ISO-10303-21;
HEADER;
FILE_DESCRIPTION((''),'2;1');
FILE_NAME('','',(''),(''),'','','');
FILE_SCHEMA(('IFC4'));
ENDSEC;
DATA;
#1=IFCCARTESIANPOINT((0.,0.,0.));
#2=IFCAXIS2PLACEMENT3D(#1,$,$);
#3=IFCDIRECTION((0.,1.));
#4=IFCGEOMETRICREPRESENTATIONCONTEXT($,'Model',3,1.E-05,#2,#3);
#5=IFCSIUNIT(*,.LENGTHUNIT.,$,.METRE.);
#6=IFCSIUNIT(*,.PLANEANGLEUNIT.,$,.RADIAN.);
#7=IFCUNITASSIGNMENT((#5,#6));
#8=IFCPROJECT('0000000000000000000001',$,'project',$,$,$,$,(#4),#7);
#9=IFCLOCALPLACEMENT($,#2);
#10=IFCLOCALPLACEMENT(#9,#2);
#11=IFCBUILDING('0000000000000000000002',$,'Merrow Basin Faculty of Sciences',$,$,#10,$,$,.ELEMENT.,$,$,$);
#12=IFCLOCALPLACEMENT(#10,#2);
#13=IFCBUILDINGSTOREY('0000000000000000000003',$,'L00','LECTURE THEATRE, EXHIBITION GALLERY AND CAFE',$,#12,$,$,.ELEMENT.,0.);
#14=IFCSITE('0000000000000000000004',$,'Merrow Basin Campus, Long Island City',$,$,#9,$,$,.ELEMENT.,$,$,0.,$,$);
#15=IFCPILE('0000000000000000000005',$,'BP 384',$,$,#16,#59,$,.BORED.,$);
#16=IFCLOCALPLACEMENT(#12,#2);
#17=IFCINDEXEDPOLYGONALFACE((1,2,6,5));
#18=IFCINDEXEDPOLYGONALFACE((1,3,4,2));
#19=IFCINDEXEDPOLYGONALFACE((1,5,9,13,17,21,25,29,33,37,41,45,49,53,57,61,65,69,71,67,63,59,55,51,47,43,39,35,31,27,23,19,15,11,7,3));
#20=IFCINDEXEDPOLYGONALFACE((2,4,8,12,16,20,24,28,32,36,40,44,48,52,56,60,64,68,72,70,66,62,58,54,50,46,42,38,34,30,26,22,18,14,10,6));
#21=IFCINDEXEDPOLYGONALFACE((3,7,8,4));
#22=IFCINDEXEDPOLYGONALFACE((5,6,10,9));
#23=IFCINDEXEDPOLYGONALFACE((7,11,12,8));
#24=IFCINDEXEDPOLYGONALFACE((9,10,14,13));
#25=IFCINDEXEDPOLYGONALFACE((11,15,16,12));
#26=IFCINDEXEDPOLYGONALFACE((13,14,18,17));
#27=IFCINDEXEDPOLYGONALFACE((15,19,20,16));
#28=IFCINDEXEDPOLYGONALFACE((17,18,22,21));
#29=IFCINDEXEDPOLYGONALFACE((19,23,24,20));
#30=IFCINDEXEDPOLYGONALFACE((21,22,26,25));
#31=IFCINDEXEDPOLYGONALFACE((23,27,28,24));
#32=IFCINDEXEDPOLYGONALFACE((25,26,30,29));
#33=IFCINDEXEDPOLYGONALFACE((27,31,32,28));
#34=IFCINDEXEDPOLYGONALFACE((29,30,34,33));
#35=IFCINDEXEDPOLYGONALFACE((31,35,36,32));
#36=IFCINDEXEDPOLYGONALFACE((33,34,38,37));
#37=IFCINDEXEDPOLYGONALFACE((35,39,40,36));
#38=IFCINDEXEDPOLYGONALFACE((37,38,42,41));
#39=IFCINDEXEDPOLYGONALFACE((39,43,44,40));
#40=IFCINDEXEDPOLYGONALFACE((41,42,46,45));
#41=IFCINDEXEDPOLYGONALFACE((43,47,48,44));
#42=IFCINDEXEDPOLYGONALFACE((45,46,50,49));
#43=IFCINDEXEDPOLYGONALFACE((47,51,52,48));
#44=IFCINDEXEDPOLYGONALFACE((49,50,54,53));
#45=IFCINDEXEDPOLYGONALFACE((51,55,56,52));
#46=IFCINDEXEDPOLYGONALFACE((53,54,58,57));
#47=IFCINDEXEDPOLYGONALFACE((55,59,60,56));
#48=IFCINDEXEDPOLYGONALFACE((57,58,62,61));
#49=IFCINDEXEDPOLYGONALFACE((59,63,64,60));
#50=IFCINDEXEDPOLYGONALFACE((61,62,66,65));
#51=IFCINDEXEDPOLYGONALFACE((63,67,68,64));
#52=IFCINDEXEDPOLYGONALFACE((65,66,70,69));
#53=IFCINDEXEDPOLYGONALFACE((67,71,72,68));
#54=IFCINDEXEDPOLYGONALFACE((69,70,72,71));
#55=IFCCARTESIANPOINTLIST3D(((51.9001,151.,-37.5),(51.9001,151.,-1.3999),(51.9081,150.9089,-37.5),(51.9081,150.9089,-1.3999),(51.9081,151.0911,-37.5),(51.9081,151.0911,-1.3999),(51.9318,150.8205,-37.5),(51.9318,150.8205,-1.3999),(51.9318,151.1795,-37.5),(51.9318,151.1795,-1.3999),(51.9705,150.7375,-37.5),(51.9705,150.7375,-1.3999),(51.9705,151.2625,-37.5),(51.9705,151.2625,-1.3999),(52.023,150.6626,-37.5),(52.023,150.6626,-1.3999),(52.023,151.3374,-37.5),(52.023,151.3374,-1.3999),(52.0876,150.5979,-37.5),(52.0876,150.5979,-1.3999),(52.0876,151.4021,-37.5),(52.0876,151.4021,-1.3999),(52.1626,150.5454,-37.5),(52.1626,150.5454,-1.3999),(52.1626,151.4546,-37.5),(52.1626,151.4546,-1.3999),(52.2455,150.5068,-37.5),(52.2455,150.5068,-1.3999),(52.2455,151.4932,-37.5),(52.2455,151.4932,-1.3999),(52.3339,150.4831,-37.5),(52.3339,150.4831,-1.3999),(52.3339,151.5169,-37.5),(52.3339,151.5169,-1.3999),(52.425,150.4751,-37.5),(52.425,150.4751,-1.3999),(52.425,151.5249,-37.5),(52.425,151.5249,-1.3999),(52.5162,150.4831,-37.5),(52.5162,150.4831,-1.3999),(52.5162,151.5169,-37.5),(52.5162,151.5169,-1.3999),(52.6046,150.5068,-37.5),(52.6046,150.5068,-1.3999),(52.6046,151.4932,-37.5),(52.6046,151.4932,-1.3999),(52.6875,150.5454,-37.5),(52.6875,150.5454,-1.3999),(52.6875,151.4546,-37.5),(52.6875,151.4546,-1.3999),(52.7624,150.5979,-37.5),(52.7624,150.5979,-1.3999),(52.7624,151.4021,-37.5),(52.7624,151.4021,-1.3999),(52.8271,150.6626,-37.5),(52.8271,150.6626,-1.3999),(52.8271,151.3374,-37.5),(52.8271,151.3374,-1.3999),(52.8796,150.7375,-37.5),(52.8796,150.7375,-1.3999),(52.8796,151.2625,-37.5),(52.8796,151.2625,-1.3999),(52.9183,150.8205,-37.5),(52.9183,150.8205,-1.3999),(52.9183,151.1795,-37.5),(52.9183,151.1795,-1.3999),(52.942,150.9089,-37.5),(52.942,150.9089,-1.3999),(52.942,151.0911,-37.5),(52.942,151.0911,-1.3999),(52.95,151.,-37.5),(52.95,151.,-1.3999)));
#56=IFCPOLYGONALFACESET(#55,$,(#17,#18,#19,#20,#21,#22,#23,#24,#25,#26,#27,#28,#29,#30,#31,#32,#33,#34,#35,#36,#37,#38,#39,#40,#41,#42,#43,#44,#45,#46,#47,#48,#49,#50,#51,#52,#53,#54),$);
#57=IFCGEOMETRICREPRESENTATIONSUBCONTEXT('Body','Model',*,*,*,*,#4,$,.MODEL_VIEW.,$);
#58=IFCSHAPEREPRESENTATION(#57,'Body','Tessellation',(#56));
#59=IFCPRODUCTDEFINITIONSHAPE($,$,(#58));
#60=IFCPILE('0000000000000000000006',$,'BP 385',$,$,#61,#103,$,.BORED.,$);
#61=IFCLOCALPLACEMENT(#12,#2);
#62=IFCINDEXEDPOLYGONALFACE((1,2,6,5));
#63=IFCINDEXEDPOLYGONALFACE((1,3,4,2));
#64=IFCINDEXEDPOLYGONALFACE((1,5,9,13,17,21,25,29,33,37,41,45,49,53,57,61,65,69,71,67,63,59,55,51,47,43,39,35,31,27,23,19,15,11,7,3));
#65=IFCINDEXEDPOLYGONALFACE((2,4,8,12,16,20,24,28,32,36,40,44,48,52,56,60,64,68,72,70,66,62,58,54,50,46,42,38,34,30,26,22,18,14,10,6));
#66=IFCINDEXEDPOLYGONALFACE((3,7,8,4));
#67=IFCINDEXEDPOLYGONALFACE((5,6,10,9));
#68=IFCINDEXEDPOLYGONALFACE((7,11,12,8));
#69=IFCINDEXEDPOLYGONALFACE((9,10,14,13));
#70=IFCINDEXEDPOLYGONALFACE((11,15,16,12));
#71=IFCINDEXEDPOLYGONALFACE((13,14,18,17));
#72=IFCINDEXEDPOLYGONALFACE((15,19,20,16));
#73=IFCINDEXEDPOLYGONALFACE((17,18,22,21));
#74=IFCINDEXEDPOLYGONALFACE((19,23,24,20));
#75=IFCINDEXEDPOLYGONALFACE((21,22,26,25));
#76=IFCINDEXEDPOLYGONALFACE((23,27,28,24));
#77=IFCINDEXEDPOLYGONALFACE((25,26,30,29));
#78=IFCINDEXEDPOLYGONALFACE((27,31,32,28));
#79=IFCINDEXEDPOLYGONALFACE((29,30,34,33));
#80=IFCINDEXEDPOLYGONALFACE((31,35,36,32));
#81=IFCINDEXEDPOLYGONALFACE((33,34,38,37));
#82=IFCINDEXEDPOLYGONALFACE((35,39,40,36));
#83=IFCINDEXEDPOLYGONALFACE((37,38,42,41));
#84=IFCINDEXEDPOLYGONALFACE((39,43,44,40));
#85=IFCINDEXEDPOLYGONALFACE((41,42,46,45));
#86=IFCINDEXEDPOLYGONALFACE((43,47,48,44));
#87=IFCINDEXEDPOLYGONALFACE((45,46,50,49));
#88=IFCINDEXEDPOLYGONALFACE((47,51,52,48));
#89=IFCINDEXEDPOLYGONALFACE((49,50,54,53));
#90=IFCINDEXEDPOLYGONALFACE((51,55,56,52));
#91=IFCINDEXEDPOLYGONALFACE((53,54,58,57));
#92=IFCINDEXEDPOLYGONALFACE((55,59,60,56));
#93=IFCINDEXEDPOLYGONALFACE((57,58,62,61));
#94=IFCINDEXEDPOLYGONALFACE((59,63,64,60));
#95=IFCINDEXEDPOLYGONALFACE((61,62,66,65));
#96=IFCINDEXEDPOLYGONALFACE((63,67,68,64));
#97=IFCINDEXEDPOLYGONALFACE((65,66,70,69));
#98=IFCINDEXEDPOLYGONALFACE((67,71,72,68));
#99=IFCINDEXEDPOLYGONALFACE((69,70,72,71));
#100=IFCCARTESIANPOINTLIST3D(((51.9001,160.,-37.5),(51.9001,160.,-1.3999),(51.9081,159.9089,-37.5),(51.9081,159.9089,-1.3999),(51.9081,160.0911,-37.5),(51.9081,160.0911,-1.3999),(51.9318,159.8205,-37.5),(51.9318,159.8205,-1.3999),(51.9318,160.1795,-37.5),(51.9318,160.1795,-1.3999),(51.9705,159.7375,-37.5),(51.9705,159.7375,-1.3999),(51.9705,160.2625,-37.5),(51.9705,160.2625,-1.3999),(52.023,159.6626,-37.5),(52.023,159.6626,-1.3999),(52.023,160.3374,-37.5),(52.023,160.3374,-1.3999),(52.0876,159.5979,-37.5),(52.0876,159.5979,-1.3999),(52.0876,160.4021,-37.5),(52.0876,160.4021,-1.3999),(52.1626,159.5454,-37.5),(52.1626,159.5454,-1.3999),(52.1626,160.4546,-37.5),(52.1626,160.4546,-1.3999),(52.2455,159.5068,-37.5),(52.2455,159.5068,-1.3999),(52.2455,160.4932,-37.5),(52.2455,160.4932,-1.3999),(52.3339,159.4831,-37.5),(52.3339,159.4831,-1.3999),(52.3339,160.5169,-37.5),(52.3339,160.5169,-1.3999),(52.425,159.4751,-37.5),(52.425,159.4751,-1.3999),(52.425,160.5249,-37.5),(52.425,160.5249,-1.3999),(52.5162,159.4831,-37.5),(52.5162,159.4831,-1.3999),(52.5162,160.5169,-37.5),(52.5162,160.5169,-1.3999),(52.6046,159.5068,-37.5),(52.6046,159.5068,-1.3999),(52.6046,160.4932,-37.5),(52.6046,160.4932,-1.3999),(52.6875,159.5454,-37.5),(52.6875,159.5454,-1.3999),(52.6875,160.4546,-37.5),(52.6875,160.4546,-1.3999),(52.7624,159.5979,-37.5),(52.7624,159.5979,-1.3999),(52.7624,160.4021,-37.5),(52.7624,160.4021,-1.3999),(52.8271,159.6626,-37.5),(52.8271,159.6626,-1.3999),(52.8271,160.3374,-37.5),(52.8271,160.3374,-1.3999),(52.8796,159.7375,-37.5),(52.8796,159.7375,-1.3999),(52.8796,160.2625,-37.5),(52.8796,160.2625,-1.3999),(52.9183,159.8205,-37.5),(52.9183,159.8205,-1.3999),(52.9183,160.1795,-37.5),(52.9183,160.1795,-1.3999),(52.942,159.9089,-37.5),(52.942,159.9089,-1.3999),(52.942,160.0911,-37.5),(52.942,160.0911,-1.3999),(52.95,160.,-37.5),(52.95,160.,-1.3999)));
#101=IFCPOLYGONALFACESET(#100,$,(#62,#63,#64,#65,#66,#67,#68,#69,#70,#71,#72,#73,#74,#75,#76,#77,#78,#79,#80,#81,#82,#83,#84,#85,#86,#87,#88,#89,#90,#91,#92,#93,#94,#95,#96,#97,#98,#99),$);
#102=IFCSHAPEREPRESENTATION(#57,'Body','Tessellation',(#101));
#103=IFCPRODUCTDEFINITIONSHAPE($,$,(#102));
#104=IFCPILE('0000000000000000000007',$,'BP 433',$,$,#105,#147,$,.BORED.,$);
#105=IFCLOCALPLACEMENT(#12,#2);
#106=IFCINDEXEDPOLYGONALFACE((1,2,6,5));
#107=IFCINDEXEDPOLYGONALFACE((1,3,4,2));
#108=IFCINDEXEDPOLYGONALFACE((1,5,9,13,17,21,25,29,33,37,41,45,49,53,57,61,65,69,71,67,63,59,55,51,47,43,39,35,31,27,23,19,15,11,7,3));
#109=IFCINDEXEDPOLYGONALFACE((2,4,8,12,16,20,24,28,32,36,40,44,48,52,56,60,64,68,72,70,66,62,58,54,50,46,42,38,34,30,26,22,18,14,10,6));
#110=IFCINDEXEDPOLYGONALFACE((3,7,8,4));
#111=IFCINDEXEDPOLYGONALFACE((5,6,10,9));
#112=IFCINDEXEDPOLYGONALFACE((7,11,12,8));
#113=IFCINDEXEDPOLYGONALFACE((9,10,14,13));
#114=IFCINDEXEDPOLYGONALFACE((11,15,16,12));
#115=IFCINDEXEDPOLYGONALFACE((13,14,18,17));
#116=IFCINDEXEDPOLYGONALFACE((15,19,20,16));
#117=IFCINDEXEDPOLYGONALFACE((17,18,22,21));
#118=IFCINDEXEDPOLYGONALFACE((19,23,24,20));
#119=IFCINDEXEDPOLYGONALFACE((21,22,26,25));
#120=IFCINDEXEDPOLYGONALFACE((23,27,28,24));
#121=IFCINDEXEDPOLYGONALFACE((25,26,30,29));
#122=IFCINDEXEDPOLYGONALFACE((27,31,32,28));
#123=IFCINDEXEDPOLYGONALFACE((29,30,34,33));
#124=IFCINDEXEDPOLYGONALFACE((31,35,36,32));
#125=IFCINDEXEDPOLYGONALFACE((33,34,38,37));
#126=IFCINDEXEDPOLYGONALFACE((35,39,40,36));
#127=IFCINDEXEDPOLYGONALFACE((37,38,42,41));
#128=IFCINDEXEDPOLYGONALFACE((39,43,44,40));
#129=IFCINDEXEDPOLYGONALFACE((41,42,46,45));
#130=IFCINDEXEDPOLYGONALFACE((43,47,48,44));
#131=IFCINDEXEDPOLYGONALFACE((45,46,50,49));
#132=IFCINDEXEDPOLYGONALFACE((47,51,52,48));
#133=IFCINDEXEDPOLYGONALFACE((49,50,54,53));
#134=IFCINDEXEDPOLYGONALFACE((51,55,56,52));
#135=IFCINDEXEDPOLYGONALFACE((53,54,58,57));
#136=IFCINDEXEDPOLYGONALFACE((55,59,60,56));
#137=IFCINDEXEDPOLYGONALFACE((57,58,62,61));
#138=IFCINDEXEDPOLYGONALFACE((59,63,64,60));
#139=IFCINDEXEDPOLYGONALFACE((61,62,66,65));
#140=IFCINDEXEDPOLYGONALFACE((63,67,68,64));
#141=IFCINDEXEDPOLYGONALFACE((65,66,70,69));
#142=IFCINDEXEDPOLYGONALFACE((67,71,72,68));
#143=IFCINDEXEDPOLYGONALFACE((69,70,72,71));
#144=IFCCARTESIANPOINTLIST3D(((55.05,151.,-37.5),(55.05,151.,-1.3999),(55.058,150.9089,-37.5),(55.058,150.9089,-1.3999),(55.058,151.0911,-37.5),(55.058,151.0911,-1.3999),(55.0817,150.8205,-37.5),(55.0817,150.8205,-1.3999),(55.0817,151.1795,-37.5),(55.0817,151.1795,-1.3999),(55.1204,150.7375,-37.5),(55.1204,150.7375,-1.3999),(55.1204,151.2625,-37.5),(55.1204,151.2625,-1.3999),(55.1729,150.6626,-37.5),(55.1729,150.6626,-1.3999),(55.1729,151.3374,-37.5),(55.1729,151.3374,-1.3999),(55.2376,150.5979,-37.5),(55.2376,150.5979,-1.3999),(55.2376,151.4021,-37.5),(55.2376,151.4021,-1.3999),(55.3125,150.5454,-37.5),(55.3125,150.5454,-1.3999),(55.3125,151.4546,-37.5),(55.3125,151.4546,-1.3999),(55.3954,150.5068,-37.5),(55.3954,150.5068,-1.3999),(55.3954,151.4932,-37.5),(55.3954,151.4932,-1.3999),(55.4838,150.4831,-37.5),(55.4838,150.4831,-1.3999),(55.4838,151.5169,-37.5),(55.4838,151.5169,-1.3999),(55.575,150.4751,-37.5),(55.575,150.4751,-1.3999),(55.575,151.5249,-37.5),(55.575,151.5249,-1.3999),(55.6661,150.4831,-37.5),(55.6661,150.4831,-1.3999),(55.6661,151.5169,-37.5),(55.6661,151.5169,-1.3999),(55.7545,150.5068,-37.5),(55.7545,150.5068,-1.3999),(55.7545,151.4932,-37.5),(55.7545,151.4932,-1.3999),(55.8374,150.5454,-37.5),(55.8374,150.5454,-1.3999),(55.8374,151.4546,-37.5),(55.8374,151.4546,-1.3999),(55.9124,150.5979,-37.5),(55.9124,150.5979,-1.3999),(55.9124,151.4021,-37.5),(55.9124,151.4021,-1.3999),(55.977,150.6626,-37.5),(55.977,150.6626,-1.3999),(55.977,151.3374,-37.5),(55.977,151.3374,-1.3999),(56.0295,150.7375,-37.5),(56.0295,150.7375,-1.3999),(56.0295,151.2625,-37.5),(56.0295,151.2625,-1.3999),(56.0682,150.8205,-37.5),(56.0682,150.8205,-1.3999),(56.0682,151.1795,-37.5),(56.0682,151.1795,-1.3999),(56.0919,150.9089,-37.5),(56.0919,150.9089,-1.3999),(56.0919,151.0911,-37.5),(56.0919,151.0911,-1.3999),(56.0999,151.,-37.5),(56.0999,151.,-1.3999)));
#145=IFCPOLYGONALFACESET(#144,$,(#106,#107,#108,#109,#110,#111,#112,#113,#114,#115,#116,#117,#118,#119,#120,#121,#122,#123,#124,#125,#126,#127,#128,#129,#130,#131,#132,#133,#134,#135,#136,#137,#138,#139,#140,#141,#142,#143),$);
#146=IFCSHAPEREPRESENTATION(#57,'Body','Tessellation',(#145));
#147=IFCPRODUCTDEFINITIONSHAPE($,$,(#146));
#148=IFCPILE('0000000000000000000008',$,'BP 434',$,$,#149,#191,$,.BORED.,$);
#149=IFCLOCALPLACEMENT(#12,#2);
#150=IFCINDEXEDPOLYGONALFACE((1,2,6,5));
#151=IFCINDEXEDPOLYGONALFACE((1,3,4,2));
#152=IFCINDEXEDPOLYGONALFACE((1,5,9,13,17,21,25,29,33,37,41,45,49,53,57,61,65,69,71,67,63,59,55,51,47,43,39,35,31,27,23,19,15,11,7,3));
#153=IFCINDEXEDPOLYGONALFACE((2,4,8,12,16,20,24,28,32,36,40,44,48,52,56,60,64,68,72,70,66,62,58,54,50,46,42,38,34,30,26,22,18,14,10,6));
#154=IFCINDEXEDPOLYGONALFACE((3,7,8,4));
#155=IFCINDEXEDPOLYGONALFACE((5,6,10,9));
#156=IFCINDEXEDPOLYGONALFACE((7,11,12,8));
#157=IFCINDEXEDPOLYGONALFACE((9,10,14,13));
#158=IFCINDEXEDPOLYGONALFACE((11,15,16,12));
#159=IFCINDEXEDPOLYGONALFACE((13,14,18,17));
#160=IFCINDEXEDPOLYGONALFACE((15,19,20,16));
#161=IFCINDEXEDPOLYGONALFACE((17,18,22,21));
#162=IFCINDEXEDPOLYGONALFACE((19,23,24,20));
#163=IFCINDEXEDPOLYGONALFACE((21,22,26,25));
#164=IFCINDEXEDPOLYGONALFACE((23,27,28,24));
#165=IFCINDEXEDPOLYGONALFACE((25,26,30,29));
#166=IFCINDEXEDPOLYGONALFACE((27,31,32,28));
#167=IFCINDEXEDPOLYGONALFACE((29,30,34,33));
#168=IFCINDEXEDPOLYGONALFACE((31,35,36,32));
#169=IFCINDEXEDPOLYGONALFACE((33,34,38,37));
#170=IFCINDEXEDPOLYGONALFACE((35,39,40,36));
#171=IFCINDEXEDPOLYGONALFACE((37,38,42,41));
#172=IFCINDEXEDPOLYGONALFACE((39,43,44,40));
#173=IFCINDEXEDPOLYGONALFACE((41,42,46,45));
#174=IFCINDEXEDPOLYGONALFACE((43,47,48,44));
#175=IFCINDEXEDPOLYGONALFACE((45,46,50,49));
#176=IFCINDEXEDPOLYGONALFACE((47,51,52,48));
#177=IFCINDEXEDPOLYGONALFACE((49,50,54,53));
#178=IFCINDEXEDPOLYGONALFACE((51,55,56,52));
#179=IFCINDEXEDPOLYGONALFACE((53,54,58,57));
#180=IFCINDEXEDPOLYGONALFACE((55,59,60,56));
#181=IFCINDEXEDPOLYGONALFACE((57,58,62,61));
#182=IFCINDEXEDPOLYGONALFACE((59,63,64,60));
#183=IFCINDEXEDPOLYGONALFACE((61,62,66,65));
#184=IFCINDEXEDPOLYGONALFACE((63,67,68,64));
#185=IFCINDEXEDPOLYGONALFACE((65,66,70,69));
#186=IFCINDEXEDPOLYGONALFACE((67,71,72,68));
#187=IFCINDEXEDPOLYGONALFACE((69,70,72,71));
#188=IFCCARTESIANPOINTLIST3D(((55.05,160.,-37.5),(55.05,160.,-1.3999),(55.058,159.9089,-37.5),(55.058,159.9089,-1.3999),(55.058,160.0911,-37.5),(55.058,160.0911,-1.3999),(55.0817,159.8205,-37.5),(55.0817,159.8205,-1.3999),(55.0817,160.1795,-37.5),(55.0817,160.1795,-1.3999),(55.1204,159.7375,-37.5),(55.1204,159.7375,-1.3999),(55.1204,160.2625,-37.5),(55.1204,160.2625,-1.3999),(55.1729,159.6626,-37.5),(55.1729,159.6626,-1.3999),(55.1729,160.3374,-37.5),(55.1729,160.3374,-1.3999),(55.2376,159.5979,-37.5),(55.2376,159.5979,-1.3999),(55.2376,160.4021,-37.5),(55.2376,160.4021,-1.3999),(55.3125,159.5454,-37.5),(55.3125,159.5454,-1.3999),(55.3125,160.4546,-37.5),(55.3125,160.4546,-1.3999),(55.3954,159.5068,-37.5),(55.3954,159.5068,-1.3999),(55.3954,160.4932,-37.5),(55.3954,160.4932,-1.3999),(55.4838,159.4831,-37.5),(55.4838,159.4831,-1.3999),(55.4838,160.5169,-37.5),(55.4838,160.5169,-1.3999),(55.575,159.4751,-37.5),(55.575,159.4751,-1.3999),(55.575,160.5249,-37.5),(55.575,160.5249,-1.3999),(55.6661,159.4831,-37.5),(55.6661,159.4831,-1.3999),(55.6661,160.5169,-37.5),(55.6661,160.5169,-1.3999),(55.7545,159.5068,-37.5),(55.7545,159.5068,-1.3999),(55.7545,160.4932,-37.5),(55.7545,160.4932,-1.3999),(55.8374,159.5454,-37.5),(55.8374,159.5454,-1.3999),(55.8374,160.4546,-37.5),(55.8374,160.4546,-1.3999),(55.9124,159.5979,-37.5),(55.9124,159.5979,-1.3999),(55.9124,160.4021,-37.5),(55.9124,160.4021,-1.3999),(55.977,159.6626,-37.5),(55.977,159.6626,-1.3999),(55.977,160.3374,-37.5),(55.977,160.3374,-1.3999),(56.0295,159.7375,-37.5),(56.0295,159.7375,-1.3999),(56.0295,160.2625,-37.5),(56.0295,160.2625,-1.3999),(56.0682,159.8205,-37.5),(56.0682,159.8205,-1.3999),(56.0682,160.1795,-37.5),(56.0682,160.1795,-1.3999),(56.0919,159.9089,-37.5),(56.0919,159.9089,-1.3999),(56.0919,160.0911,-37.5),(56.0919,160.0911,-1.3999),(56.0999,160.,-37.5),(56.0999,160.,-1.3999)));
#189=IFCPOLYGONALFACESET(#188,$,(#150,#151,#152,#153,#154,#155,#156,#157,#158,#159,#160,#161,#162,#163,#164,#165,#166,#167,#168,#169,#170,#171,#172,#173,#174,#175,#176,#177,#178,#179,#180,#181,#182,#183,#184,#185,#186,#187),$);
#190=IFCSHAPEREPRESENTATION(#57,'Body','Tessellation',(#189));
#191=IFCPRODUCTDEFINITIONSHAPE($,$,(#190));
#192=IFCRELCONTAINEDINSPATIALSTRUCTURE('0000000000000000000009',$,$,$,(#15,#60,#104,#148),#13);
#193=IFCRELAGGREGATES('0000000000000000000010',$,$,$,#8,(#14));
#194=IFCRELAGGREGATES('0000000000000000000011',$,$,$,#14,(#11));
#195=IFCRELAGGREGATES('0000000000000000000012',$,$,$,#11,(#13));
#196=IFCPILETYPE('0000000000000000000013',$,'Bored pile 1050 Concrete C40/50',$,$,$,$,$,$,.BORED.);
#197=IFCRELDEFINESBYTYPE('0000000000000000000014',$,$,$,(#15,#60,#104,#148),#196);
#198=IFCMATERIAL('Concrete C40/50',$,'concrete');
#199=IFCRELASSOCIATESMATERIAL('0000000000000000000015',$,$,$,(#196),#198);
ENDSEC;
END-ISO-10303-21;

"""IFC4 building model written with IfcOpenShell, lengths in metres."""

from ifc_helpers import new_model, si_unit, direction, frame, origin, origin_2d, place, context, subcontext, project, spatial, circle, extrude, material, material_profile, profile_set, type_object, element, save


model = new_model("IFC4")

# Units and contexts
model_context = context("Model", 3, precision=1e-05, world=origin(), true_north=direction((0.0, 1.0)))
body_context = subcontext(model_context, "Body", "Model", "MODEL_VIEW")
ifc_project = project(units=[si_unit("LENGTHUNIT", "METRE"), si_unit("PLANEANGLEUNIT", "RADIAN")], contexts=[model_context])

# Site, building, storey
site_placement = place(None, origin())
site = spatial("IfcSite", under=ifc_project, at=site_placement, Name="Merrow Basin Campus, Long Island City", CompositionType="ELEMENT", RefElevation=0.0)
building_placement = place(site_placement, origin())
building = spatial("IfcBuilding", under=site, at=building_placement, Name="Merrow Basin Faculty of Sciences", CompositionType="ELEMENT")
storey_placement = place(building_placement, origin())
storey = spatial("IfcBuildingStorey", under=building, at=storey_placement, Name="L00", Description="LECTURE THEATRE, EXHIBITION GALLERY AND CAFE", CompositionType="ELEMENT", Elevation=0.0)

# Piles
ifc_material_1 = material(Name="Concrete C40/50", Category="concrete")
ifc_material_profile_1 = material_profile(ifc_material_1, circle(Radius=0.5249, at=origin_2d()))
ifc_profile_set_1 = profile_set([ifc_material_profile_1], Name="Concrete C40/50")
pile_type_1 = type_object("IfcPileType", Name="Bored pile 1050 Concrete C40/50", PredefinedType="BORED", material=ifc_profile_set_1)
for number, where, z_axis, x_axis, name in (
    (1, (52.425, 151.0, -1.3999), (0.0, 0.0, -1.0), (1.0, 0.0, 0.0), "BP 384"),
    (2, (52.425, 160.0, -1.3999), (0.0, 0.0, -1.0), (1.0, 0.0, 0.0), "BP 385"),
    (3, (55.575, 151.0, -1.3999), (0.0, 0.0, -1.0), (1.0, 0.0, 0.0), "BP 433"),
    (4, (55.575, 160.0, -1.3999), (0.0, 0.0, -1.0), (1.0, 0.0, 0.0), "BP 434"),
):
    element("IfcPile", number, at=place(storey_placement, frame(where, z_axis=z_axis, x_axis=x_axis)), inside=storey, type_object=pile_type_1, Name=name, PredefinedType="BORED", context=body_context, shape_type="SweptSolid", body=[
        extrude(circle(Radius=0.5249, at=origin_2d()), origin(), (0.0, 0.0, 1.0), 36.1001),
    ])

save(model, "model.ifc")
